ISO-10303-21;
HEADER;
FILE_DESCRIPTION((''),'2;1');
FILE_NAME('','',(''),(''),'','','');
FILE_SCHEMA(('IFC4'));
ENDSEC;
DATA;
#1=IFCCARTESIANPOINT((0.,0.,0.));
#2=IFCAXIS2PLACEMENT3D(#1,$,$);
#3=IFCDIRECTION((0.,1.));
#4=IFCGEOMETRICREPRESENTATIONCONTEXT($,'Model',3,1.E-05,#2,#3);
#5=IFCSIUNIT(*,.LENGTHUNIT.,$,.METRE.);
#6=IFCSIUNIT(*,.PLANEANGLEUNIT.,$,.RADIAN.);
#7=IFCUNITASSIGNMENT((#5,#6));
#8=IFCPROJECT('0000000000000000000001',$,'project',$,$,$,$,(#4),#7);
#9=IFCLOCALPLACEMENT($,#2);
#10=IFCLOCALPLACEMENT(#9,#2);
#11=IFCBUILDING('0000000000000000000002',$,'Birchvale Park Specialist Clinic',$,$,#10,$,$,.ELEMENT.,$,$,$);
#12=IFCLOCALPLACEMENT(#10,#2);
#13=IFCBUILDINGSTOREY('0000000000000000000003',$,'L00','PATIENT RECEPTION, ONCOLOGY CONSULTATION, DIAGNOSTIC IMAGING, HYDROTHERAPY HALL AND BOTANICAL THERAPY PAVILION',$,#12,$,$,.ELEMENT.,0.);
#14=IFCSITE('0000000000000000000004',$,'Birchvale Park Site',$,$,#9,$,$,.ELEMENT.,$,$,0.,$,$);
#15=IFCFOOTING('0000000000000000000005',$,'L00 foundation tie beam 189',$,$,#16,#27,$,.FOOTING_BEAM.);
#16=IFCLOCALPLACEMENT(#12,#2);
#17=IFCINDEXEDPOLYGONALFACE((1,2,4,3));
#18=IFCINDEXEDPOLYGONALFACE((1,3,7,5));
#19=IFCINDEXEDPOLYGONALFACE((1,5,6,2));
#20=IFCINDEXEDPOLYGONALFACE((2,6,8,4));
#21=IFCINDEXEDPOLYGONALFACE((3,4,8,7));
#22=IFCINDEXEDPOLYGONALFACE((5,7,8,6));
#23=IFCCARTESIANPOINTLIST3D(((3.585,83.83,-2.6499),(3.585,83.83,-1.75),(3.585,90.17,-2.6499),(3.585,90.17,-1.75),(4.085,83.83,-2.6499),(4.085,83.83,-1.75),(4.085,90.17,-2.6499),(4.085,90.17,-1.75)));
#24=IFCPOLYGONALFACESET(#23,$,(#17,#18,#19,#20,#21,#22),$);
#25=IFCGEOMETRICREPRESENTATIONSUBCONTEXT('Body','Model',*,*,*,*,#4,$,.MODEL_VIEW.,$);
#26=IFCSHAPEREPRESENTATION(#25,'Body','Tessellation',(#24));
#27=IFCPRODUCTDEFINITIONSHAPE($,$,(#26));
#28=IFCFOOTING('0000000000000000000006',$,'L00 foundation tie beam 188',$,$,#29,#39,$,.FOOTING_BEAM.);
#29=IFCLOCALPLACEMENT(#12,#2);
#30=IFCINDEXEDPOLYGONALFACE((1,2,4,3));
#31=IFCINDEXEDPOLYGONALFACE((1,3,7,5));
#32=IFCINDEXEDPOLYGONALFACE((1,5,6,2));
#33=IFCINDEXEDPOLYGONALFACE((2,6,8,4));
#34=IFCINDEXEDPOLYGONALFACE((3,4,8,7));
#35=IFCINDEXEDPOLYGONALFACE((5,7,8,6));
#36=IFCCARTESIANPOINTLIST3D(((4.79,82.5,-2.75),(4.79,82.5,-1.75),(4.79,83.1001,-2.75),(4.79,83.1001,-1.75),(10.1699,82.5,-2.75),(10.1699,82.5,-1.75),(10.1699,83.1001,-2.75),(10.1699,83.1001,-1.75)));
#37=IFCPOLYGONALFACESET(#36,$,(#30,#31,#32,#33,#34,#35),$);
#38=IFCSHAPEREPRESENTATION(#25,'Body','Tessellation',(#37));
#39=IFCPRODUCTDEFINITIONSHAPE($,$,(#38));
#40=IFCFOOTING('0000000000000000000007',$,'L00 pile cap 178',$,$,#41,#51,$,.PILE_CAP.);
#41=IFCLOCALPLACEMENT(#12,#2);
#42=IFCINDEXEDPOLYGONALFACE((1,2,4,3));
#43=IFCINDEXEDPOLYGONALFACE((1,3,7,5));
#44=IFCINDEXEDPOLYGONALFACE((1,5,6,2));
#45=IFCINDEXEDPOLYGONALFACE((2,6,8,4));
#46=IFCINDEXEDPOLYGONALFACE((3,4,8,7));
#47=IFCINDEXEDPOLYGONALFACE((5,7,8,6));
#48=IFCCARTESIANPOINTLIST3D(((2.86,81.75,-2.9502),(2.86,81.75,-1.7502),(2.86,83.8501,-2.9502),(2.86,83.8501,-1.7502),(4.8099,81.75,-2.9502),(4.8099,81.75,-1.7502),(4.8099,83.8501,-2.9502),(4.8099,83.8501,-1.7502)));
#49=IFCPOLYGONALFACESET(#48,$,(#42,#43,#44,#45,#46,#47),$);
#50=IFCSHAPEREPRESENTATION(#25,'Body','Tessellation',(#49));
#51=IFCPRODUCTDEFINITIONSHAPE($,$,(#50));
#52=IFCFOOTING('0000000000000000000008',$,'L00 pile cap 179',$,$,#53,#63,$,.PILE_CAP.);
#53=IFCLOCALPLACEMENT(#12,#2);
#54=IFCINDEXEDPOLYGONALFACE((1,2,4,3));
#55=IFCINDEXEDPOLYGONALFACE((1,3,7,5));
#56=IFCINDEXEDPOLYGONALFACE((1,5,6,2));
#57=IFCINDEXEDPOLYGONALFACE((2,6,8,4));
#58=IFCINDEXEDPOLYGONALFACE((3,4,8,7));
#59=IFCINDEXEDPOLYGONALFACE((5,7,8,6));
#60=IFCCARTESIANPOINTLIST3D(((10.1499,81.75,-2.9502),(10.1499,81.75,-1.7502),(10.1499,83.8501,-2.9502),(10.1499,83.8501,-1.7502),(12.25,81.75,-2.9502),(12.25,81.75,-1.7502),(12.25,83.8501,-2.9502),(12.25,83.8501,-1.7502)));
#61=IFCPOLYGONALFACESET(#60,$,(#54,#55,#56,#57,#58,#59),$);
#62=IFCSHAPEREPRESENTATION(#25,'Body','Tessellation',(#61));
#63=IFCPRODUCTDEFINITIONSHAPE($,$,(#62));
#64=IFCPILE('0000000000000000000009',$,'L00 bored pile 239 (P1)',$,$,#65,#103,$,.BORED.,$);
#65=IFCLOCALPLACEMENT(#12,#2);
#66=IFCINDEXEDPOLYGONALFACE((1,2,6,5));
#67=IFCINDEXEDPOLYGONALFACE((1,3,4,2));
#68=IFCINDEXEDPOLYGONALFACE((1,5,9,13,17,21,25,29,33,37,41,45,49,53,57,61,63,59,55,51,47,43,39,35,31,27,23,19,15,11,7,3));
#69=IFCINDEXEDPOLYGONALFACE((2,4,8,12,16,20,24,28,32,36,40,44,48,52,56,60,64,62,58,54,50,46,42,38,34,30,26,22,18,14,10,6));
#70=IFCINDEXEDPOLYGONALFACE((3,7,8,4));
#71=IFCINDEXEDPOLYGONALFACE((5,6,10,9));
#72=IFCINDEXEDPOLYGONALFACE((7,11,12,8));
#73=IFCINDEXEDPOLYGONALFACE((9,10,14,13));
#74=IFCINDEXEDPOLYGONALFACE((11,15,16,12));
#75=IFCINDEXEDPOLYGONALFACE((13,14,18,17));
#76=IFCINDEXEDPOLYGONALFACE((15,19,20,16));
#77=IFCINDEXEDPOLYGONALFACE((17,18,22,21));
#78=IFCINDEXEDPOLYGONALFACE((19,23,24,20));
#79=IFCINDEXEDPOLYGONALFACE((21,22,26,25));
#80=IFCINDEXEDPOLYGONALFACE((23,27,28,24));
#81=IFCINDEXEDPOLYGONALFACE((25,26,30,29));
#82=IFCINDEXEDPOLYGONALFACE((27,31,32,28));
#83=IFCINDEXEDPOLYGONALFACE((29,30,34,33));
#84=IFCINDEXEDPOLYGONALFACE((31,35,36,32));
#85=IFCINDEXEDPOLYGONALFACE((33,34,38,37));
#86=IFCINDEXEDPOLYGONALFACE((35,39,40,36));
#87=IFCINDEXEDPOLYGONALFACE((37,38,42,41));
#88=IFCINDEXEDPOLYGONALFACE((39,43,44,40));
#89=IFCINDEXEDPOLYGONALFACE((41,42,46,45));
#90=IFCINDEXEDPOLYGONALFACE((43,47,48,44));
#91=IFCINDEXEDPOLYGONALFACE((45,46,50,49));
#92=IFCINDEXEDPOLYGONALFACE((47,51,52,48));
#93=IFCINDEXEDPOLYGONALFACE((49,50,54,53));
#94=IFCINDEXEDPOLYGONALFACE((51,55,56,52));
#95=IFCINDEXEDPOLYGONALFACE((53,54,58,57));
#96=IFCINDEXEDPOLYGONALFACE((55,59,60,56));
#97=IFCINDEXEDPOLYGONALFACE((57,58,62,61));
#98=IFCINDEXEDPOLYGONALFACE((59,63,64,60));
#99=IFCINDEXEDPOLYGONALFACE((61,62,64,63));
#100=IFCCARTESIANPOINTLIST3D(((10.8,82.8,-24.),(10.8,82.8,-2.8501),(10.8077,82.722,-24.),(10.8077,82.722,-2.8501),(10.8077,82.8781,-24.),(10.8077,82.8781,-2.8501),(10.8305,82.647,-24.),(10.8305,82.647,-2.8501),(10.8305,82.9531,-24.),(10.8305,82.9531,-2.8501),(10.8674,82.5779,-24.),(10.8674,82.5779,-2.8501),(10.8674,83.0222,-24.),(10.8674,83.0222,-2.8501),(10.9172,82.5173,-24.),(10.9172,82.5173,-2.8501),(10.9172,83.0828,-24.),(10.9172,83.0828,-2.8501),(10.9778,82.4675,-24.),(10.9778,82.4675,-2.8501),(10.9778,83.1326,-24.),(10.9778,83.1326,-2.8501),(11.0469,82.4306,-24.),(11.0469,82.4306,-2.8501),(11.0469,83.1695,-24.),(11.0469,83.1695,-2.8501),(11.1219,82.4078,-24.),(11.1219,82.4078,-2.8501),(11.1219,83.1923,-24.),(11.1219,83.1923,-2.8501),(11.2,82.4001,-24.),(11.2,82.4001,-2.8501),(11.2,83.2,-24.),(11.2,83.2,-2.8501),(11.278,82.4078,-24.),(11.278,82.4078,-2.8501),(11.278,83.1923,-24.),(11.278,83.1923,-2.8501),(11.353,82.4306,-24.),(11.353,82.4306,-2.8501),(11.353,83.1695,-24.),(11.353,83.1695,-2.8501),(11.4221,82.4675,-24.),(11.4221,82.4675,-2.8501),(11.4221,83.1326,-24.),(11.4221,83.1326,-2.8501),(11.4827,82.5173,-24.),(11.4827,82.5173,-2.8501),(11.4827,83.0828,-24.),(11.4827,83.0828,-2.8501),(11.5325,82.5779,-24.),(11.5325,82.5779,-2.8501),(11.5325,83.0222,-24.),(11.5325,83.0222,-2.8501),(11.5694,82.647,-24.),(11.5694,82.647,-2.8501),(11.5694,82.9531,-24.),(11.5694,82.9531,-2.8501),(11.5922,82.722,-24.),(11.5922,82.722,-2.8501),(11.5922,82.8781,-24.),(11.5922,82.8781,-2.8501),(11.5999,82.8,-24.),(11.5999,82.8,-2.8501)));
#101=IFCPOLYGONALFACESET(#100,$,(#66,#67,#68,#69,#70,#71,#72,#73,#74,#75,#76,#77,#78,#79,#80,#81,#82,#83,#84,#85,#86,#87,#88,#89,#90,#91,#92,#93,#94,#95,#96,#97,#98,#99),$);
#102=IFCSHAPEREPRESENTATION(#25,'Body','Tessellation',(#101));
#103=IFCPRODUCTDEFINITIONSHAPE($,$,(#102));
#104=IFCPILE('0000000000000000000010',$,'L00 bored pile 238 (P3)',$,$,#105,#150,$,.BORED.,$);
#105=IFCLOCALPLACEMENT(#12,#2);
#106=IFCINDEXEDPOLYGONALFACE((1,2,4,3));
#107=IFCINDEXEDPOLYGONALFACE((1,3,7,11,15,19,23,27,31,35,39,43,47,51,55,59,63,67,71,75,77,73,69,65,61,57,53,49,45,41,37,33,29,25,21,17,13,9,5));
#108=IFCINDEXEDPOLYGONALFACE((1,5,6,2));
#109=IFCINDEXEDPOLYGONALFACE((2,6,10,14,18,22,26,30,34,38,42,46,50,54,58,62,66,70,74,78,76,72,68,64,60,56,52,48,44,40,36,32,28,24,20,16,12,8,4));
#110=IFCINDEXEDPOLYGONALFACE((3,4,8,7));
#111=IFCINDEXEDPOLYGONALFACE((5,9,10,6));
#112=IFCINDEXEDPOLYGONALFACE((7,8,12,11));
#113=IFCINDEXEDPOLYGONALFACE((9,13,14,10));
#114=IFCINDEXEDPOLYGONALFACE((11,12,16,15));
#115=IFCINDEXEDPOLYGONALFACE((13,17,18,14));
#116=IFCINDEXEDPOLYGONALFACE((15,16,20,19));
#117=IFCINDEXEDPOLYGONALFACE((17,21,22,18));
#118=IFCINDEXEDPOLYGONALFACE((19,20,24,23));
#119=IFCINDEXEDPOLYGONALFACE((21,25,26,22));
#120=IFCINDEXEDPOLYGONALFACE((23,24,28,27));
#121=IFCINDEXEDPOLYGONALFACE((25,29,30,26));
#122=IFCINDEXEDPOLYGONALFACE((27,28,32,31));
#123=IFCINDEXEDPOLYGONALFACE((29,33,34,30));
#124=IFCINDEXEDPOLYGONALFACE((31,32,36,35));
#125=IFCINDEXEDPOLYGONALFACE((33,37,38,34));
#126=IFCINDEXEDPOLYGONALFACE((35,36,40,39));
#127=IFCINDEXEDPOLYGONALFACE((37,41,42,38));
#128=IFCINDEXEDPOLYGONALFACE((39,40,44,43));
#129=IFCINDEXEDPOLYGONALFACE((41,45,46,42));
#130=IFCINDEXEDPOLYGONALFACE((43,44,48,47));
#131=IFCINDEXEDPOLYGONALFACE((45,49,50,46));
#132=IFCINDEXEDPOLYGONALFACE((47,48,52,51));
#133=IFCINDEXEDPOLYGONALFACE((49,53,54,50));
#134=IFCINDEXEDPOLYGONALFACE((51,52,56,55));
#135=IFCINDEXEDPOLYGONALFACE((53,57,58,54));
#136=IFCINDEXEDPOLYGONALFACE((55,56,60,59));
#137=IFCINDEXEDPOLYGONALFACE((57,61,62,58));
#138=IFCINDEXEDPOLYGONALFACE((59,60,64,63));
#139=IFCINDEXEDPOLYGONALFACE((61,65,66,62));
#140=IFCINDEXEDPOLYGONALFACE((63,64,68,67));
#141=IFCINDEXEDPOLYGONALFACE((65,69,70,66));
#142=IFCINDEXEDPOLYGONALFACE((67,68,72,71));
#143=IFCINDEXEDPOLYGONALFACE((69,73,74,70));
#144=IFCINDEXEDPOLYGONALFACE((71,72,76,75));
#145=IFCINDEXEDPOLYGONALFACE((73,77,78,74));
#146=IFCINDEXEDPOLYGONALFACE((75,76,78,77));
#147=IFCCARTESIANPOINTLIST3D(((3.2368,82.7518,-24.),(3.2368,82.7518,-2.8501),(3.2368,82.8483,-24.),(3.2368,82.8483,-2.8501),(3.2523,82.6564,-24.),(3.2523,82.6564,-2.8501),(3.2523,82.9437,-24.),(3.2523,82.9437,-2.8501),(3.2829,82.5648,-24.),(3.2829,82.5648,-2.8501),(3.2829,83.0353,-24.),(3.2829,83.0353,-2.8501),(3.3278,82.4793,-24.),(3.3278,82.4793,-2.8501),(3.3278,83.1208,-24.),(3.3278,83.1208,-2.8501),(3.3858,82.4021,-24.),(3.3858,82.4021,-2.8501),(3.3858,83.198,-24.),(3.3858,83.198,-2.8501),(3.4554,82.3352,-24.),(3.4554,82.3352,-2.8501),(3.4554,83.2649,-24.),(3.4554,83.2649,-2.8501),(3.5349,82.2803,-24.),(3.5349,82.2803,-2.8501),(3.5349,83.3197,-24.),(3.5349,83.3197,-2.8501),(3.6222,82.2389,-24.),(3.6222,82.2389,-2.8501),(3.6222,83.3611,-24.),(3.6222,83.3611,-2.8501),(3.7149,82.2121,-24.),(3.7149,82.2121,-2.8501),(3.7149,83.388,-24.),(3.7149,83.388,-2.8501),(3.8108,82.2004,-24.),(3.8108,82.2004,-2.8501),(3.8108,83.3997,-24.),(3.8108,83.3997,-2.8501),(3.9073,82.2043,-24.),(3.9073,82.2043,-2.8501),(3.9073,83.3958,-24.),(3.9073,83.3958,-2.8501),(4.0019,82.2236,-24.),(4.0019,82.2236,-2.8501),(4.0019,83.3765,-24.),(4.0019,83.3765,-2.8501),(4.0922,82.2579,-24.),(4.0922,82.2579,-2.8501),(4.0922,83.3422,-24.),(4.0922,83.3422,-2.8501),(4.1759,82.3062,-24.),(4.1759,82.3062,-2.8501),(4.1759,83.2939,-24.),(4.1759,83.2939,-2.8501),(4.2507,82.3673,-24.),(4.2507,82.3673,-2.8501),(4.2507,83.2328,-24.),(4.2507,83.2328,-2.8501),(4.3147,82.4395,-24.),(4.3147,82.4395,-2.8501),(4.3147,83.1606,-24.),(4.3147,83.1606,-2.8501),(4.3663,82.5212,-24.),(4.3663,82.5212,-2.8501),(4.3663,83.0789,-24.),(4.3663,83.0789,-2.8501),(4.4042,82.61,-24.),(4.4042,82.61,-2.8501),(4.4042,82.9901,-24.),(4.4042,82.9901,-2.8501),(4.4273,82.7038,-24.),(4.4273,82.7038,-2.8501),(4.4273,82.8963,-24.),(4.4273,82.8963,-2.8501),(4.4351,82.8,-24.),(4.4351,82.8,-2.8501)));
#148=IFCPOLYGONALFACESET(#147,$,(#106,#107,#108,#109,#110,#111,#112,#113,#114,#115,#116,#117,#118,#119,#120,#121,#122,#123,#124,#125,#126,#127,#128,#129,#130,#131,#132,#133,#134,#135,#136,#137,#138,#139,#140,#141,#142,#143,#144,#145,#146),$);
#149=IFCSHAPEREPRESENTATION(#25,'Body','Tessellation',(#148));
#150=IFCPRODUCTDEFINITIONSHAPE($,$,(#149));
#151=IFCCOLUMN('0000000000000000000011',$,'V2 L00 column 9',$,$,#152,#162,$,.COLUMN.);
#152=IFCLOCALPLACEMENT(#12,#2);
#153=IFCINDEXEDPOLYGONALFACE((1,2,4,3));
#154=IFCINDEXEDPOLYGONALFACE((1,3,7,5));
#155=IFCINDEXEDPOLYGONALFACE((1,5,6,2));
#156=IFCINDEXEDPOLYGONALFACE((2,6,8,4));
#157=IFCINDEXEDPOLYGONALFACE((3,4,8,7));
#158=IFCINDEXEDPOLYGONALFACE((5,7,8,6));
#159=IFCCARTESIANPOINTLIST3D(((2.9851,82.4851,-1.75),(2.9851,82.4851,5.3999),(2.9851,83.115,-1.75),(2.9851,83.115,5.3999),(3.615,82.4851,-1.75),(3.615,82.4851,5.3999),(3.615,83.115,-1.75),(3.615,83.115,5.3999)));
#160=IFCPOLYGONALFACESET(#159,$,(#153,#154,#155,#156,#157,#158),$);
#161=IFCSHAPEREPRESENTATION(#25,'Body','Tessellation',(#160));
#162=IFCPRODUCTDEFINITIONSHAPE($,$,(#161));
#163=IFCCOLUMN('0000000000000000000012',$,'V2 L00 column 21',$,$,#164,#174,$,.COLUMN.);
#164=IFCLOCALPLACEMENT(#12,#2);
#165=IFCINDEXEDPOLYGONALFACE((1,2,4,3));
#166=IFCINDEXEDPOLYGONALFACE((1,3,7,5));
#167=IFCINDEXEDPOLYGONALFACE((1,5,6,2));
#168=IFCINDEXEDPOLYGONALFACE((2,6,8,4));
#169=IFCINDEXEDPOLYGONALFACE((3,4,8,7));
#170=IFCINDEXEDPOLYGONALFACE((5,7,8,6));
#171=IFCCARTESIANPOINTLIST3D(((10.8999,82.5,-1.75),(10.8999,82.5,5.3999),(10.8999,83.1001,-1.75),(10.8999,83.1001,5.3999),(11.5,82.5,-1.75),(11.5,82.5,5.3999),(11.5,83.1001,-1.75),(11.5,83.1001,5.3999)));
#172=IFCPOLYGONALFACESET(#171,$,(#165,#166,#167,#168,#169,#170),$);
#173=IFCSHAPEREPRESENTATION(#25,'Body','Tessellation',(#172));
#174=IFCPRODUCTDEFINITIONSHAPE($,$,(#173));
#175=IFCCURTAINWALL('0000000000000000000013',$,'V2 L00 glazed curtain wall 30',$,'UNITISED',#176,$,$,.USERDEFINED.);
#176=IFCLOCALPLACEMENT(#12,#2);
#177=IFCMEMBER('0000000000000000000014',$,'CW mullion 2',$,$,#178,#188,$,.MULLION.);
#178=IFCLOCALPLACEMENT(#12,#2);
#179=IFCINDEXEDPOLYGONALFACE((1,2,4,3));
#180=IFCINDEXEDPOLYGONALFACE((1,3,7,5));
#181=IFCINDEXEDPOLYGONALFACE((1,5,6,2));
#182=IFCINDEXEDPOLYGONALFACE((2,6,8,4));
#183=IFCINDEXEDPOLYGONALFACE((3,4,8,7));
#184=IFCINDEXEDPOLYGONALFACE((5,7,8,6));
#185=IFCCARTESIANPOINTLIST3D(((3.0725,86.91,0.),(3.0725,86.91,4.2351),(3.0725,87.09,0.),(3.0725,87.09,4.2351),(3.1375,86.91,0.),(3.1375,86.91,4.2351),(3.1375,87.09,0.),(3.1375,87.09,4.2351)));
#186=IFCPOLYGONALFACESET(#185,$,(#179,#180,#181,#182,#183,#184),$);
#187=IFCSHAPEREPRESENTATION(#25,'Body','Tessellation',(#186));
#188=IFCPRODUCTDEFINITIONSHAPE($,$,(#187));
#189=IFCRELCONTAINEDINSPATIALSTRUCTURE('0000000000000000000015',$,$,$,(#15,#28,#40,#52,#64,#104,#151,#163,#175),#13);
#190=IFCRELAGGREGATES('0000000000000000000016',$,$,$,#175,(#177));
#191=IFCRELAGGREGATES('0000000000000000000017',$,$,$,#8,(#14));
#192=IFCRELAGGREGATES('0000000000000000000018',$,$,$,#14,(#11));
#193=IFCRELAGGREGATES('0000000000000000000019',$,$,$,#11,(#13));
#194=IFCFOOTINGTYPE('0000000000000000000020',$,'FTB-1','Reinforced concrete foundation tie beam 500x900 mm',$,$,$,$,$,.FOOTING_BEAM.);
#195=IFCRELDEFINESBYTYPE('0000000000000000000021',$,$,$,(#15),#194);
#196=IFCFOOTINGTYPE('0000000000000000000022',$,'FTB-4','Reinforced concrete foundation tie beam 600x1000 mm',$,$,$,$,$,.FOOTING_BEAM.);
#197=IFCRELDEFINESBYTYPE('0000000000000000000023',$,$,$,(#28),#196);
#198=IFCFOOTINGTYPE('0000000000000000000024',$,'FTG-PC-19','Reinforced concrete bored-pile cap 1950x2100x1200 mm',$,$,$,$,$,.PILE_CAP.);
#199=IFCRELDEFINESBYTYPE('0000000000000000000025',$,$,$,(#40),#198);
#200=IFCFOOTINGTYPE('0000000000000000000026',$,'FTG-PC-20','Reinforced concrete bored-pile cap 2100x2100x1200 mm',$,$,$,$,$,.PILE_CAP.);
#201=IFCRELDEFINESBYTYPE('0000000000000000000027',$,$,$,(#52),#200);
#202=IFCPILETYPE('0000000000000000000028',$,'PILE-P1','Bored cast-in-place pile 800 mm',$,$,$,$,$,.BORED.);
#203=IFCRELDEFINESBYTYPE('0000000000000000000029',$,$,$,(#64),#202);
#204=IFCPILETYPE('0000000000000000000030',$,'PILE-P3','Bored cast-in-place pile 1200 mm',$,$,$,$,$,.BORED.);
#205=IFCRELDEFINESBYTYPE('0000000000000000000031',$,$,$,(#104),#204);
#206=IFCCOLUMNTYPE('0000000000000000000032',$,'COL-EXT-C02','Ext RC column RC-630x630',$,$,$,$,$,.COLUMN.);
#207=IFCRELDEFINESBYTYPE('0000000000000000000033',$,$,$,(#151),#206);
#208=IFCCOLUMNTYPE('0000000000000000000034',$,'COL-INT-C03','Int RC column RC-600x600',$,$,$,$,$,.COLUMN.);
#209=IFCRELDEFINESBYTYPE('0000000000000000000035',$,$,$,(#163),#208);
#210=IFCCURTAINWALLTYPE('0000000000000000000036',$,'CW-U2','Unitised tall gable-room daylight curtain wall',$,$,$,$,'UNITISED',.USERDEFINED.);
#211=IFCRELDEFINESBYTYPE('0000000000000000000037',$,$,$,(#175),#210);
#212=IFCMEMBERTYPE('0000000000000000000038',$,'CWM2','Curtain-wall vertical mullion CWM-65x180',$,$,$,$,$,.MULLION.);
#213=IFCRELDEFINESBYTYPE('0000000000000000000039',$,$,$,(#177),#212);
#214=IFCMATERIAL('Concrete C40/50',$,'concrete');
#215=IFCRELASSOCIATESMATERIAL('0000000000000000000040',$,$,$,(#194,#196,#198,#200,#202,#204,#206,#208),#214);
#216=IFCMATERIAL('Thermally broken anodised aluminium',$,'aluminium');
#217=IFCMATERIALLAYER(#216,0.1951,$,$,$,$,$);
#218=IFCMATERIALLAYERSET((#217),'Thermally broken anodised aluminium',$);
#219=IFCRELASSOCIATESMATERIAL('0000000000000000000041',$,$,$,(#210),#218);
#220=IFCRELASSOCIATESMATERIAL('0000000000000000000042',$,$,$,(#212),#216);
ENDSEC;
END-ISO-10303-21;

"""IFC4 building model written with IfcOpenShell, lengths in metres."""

from ifc_helpers import new_model, si_unit, direction, frame, origin, origin_2d, place, context, subcontext, project, spatial, rectangle, circle, extrude, material, layer, layer_set, material_profile, profile_set, type_object, element, aggregate, save


model = new_model("IFC4")

# Units and contexts
model_context = context("Model", 3, precision=1e-05, world=origin(), true_north=direction((0.0, 1.0)))
body_context = subcontext(model_context, "Body", "Model", "MODEL_VIEW")
ifc_project = project(units=[si_unit("LENGTHUNIT", "METRE"), si_unit("PLANEANGLEUNIT", "RADIAN")], contexts=[model_context])

# Site, building, storey
site_placement = place(None, origin())
site = spatial("IfcSite", under=ifc_project, at=site_placement, Name="Birchvale Park Site", CompositionType="ELEMENT", RefElevation=0.0)
building_placement = place(site_placement, origin())
building = spatial("IfcBuilding", under=site, at=building_placement, Name="Birchvale Park Specialist Clinic", CompositionType="ELEMENT")
storey_placement = place(building_placement, origin())
storey = spatial("IfcBuildingStorey", under=building, at=storey_placement, Name="L00", Description="PATIENT RECEPTION, ONCOLOGY CONSULTATION, DIAGNOSTIC IMAGING, HYDROTHERAPY HALL AND BOTANICAL THERAPY PAVILION", CompositionType="ELEMENT", Elevation=0.0)

# Footings
ifc_material_1 = material(Name="Concrete C40/50", Category="concrete")
footing_type_1 = type_object("IfcFootingType", Name="FTB-1", Description="Reinforced concrete foundation tie beam 500x900 mm", PredefinedType="FOOTING_BEAM", material=ifc_material_1)
footing_1_placement = place(storey_placement, frame((3.835, 87.0, -2.6499), z_axis=(0.0, 0.0, 1.0), x_axis=(1.0, 0.0, 0.0)))
element("IfcFooting", 1, at=footing_1_placement, inside=storey, type_object=footing_type_1, Name="L00 foundation tie beam 189", PredefinedType="FOOTING_BEAM", context=body_context, shape_type="SweptSolid", body=[
    extrude(rectangle(XDim=0.5, YDim=6.3401, at=origin_2d()), origin(), (0.0, 0.0, 1.0), 0.8999),
])
footing_type_2 = type_object("IfcFootingType", Name="FTB-4", Description="Reinforced concrete foundation tie beam 600x1000 mm", PredefinedType="FOOTING_BEAM", material=ifc_material_1)
footing_2_placement = place(storey_placement, frame((7.48, 82.8, -2.75), z_axis=(0.0, 0.0, 1.0), x_axis=(1.0, 0.0, 0.0)))
element("IfcFooting", 2, at=footing_2_placement, inside=storey, type_object=footing_type_2, Name="L00 foundation tie beam 188", PredefinedType="FOOTING_BEAM", context=body_context, shape_type="SweptSolid", body=[
    extrude(rectangle(XDim=5.3799, YDim=0.6001, at=origin_2d()), origin(), (0.0, 0.0, 1.0), 1.0),
])
footing_type_3 = type_object("IfcFootingType", Name="FTG-PC-19", Description="Reinforced concrete bored-pile cap 1950x2100x1200 mm", PredefinedType="PILE_CAP", material=ifc_material_1)
footing_3_placement = place(storey_placement, frame((3.835, 82.8, -2.9502), z_axis=(0.0, 0.0, 1.0), x_axis=(1.0, 0.0, 0.0)))
element("IfcFooting", 3, at=footing_3_placement, inside=storey, type_object=footing_type_3, Name="L00 pile cap 178", PredefinedType="PILE_CAP", context=body_context, shape_type="SweptSolid", body=[
    extrude(rectangle(XDim=1.95, YDim=2.1001, at=origin_2d()), origin(), (0.0, 0.0, 1.0), 1.2),
])
footing_type_4 = type_object("IfcFootingType", Name="FTG-PC-20", Description="Reinforced concrete bored-pile cap 2100x2100x1200 mm", PredefinedType="PILE_CAP", material=ifc_material_1)
footing_4_placement = place(storey_placement, frame((11.2, 82.8, -2.9502), z_axis=(0.0, 0.0, 1.0), x_axis=(1.0, 0.0, 0.0)))
element("IfcFooting", 4, at=footing_4_placement, inside=storey, type_object=footing_type_4, Name="L00 pile cap 179", PredefinedType="PILE_CAP", context=body_context, shape_type="SweptSolid", body=[
    extrude(rectangle(XDim=2.1001, YDim=2.1001, at=origin_2d()), origin(), (0.0, 0.0, 1.0), 1.2),
])

# Piles
ifc_material_profile_1 = material_profile(ifc_material_1, circle(Radius=0.3999, at=origin_2d()), Name="PILE-800")
ifc_profile_set_1 = profile_set([ifc_material_profile_1], Name="Concrete C40/50")
pile_type_1 = type_object("IfcPileType", Name="PILE-P1", Description="Bored cast-in-place pile 800 mm", PredefinedType="BORED", material=ifc_profile_set_1)
pile_1_placement = place(storey_placement, frame((11.2, 82.8, -2.8501), z_axis=(0.0, 0.0, -1.0), x_axis=(1.0, 0.0, 0.0)))
element("IfcPile", 5, at=pile_1_placement, inside=storey, type_object=pile_type_1, Name="L00 bored pile 239 (P1)", PredefinedType="BORED", context=body_context, shape_type="SweptSolid", body=[
    extrude(circle(Radius=0.3999, at=origin_2d()), origin(), (0.0, 0.0, 1.0), 21.1499),
])
ifc_material_profile_2 = material_profile(ifc_material_1, circle(Radius=0.6001, at=origin_2d()), Name="PILE-1200")
ifc_profile_set_2 = profile_set([ifc_material_profile_2], Name="Concrete C40/50")
pile_type_2 = type_object("IfcPileType", Name="PILE-P3", Description="Bored cast-in-place pile 1200 mm", PredefinedType="BORED", material=ifc_profile_set_2)
pile_2_placement = place(storey_placement, frame((3.835, 82.8, -2.8501), z_axis=(0.0, 0.0, -1.0), x_axis=(1.0, 0.0, 0.0)))
element("IfcPile", 6, at=pile_2_placement, inside=storey, type_object=pile_type_2, Name="L00 bored pile 238 (P3)", PredefinedType="BORED", context=body_context, shape_type="SweptSolid", body=[
    extrude(circle(Radius=0.6001, at=origin_2d()), origin(), (0.0, 0.0, 1.0), 21.1499),
])

# Columns
ifc_material_profile_3 = material_profile(ifc_material_1, rectangle(XDim=0.6299, YDim=0.6299, at=origin_2d()), Name="RC-630x630")
ifc_profile_set_3 = profile_set([ifc_material_profile_3], Name="Concrete C40/50")
column_type_1 = type_object("IfcColumnType", Name="COL-EXT-C02", Description="Ext RC column RC-630x630", PredefinedType="COLUMN", material=ifc_profile_set_3)
column_1_placement = place(storey_placement, frame((3.3, 82.8, -1.75), z_axis=(0.0, 0.0, 1.0), x_axis=(1.0, 0.0, 0.0)))
element("IfcColumn", 7, at=column_1_placement, inside=storey, type_object=column_type_1, Name="V2 L00 column 9", PredefinedType="COLUMN", context=body_context, shape_type="SweptSolid", body=[
    extrude(rectangle(XDim=0.6299, YDim=0.6299, at=origin_2d()), origin(), (0.0, 0.0, 1.0), 7.1499),
])
ifc_material_profile_4 = material_profile(ifc_material_1, rectangle(XDim=0.6001, YDim=0.6001, at=origin_2d()), Name="RC-600x600")
ifc_profile_set_4 = profile_set([ifc_material_profile_4], Name="Concrete C40/50")
column_type_2 = type_object("IfcColumnType", Name="COL-INT-C03", Description="Int RC column RC-600x600", PredefinedType="COLUMN", material=ifc_profile_set_4)
column_2_placement = place(storey_placement, frame((11.2, 82.8, -1.75), z_axis=(0.0, 0.0, 1.0), x_axis=(1.0, 0.0, 0.0)))
element("IfcColumn", 8, at=column_2_placement, inside=storey, type_object=column_type_2, Name="V2 L00 column 21", PredefinedType="COLUMN", context=body_context, shape_type="SweptSolid", body=[
    extrude(rectangle(XDim=0.6001, YDim=0.6001, at=origin_2d()), origin(), (0.0, 0.0, 1.0), 7.1499),
])

# Curtain wall, member
ifc_material_2 = material(Name="Thermally broken anodised aluminium", Category="aluminium")
ifc_layer_1 = layer(ifc_material_2, 0.1951)
ifc_layer_set_1 = layer_set([ifc_layer_1], Name="Thermally broken anodised aluminium")
curtain_wall_type = type_object("IfcCurtainWallType", Name="CW-U2", Description="Unitised tall gable-room daylight curtain wall", ElementType="UNITISED", PredefinedType="USERDEFINED", material=ifc_layer_set_1)
curtain_wall_1_placement = place(storey_placement, origin())
curtain_wall_1 = element("IfcCurtainWall", 9, at=curtain_wall_1_placement, inside=storey, type_object=curtain_wall_type, Name="V2 L00 glazed curtain wall 30", ObjectType="UNITISED", PredefinedType="USERDEFINED")
ifc_material_profile_5 = material_profile(ifc_material_2, rectangle(XDim=0.0649, YDim=0.1799, at=origin_2d()), Name="CWM-65x180")
ifc_profile_set_5 = profile_set([ifc_material_profile_5], Name="Thermally broken anodised aluminium")
member_type_1 = type_object("IfcMemberType", Name="CWM2", Description="Curtain-wall vertical mullion CWM-65x180", PredefinedType="MULLION", material=ifc_profile_set_5)
member_1_placement = place(storey_placement, frame((3.105, 87.0, 0.0), z_axis=(0.0, 0.0, 1.0), x_axis=(1.0, 0.0, 0.0)))
member_1 = element("IfcMember", 10, at=member_1_placement, type_object=member_type_1, Name="CW mullion 2", PredefinedType="MULLION", context=body_context, shape_type="SweptSolid", body=[
    extrude(rectangle(XDim=0.0649, YDim=0.1799, at=origin_2d()), origin(), (0.0, 0.0, 1.0), 4.2351),
])

aggregate(curtain_wall_1, [member_1])

save(model, "model.ifc")
